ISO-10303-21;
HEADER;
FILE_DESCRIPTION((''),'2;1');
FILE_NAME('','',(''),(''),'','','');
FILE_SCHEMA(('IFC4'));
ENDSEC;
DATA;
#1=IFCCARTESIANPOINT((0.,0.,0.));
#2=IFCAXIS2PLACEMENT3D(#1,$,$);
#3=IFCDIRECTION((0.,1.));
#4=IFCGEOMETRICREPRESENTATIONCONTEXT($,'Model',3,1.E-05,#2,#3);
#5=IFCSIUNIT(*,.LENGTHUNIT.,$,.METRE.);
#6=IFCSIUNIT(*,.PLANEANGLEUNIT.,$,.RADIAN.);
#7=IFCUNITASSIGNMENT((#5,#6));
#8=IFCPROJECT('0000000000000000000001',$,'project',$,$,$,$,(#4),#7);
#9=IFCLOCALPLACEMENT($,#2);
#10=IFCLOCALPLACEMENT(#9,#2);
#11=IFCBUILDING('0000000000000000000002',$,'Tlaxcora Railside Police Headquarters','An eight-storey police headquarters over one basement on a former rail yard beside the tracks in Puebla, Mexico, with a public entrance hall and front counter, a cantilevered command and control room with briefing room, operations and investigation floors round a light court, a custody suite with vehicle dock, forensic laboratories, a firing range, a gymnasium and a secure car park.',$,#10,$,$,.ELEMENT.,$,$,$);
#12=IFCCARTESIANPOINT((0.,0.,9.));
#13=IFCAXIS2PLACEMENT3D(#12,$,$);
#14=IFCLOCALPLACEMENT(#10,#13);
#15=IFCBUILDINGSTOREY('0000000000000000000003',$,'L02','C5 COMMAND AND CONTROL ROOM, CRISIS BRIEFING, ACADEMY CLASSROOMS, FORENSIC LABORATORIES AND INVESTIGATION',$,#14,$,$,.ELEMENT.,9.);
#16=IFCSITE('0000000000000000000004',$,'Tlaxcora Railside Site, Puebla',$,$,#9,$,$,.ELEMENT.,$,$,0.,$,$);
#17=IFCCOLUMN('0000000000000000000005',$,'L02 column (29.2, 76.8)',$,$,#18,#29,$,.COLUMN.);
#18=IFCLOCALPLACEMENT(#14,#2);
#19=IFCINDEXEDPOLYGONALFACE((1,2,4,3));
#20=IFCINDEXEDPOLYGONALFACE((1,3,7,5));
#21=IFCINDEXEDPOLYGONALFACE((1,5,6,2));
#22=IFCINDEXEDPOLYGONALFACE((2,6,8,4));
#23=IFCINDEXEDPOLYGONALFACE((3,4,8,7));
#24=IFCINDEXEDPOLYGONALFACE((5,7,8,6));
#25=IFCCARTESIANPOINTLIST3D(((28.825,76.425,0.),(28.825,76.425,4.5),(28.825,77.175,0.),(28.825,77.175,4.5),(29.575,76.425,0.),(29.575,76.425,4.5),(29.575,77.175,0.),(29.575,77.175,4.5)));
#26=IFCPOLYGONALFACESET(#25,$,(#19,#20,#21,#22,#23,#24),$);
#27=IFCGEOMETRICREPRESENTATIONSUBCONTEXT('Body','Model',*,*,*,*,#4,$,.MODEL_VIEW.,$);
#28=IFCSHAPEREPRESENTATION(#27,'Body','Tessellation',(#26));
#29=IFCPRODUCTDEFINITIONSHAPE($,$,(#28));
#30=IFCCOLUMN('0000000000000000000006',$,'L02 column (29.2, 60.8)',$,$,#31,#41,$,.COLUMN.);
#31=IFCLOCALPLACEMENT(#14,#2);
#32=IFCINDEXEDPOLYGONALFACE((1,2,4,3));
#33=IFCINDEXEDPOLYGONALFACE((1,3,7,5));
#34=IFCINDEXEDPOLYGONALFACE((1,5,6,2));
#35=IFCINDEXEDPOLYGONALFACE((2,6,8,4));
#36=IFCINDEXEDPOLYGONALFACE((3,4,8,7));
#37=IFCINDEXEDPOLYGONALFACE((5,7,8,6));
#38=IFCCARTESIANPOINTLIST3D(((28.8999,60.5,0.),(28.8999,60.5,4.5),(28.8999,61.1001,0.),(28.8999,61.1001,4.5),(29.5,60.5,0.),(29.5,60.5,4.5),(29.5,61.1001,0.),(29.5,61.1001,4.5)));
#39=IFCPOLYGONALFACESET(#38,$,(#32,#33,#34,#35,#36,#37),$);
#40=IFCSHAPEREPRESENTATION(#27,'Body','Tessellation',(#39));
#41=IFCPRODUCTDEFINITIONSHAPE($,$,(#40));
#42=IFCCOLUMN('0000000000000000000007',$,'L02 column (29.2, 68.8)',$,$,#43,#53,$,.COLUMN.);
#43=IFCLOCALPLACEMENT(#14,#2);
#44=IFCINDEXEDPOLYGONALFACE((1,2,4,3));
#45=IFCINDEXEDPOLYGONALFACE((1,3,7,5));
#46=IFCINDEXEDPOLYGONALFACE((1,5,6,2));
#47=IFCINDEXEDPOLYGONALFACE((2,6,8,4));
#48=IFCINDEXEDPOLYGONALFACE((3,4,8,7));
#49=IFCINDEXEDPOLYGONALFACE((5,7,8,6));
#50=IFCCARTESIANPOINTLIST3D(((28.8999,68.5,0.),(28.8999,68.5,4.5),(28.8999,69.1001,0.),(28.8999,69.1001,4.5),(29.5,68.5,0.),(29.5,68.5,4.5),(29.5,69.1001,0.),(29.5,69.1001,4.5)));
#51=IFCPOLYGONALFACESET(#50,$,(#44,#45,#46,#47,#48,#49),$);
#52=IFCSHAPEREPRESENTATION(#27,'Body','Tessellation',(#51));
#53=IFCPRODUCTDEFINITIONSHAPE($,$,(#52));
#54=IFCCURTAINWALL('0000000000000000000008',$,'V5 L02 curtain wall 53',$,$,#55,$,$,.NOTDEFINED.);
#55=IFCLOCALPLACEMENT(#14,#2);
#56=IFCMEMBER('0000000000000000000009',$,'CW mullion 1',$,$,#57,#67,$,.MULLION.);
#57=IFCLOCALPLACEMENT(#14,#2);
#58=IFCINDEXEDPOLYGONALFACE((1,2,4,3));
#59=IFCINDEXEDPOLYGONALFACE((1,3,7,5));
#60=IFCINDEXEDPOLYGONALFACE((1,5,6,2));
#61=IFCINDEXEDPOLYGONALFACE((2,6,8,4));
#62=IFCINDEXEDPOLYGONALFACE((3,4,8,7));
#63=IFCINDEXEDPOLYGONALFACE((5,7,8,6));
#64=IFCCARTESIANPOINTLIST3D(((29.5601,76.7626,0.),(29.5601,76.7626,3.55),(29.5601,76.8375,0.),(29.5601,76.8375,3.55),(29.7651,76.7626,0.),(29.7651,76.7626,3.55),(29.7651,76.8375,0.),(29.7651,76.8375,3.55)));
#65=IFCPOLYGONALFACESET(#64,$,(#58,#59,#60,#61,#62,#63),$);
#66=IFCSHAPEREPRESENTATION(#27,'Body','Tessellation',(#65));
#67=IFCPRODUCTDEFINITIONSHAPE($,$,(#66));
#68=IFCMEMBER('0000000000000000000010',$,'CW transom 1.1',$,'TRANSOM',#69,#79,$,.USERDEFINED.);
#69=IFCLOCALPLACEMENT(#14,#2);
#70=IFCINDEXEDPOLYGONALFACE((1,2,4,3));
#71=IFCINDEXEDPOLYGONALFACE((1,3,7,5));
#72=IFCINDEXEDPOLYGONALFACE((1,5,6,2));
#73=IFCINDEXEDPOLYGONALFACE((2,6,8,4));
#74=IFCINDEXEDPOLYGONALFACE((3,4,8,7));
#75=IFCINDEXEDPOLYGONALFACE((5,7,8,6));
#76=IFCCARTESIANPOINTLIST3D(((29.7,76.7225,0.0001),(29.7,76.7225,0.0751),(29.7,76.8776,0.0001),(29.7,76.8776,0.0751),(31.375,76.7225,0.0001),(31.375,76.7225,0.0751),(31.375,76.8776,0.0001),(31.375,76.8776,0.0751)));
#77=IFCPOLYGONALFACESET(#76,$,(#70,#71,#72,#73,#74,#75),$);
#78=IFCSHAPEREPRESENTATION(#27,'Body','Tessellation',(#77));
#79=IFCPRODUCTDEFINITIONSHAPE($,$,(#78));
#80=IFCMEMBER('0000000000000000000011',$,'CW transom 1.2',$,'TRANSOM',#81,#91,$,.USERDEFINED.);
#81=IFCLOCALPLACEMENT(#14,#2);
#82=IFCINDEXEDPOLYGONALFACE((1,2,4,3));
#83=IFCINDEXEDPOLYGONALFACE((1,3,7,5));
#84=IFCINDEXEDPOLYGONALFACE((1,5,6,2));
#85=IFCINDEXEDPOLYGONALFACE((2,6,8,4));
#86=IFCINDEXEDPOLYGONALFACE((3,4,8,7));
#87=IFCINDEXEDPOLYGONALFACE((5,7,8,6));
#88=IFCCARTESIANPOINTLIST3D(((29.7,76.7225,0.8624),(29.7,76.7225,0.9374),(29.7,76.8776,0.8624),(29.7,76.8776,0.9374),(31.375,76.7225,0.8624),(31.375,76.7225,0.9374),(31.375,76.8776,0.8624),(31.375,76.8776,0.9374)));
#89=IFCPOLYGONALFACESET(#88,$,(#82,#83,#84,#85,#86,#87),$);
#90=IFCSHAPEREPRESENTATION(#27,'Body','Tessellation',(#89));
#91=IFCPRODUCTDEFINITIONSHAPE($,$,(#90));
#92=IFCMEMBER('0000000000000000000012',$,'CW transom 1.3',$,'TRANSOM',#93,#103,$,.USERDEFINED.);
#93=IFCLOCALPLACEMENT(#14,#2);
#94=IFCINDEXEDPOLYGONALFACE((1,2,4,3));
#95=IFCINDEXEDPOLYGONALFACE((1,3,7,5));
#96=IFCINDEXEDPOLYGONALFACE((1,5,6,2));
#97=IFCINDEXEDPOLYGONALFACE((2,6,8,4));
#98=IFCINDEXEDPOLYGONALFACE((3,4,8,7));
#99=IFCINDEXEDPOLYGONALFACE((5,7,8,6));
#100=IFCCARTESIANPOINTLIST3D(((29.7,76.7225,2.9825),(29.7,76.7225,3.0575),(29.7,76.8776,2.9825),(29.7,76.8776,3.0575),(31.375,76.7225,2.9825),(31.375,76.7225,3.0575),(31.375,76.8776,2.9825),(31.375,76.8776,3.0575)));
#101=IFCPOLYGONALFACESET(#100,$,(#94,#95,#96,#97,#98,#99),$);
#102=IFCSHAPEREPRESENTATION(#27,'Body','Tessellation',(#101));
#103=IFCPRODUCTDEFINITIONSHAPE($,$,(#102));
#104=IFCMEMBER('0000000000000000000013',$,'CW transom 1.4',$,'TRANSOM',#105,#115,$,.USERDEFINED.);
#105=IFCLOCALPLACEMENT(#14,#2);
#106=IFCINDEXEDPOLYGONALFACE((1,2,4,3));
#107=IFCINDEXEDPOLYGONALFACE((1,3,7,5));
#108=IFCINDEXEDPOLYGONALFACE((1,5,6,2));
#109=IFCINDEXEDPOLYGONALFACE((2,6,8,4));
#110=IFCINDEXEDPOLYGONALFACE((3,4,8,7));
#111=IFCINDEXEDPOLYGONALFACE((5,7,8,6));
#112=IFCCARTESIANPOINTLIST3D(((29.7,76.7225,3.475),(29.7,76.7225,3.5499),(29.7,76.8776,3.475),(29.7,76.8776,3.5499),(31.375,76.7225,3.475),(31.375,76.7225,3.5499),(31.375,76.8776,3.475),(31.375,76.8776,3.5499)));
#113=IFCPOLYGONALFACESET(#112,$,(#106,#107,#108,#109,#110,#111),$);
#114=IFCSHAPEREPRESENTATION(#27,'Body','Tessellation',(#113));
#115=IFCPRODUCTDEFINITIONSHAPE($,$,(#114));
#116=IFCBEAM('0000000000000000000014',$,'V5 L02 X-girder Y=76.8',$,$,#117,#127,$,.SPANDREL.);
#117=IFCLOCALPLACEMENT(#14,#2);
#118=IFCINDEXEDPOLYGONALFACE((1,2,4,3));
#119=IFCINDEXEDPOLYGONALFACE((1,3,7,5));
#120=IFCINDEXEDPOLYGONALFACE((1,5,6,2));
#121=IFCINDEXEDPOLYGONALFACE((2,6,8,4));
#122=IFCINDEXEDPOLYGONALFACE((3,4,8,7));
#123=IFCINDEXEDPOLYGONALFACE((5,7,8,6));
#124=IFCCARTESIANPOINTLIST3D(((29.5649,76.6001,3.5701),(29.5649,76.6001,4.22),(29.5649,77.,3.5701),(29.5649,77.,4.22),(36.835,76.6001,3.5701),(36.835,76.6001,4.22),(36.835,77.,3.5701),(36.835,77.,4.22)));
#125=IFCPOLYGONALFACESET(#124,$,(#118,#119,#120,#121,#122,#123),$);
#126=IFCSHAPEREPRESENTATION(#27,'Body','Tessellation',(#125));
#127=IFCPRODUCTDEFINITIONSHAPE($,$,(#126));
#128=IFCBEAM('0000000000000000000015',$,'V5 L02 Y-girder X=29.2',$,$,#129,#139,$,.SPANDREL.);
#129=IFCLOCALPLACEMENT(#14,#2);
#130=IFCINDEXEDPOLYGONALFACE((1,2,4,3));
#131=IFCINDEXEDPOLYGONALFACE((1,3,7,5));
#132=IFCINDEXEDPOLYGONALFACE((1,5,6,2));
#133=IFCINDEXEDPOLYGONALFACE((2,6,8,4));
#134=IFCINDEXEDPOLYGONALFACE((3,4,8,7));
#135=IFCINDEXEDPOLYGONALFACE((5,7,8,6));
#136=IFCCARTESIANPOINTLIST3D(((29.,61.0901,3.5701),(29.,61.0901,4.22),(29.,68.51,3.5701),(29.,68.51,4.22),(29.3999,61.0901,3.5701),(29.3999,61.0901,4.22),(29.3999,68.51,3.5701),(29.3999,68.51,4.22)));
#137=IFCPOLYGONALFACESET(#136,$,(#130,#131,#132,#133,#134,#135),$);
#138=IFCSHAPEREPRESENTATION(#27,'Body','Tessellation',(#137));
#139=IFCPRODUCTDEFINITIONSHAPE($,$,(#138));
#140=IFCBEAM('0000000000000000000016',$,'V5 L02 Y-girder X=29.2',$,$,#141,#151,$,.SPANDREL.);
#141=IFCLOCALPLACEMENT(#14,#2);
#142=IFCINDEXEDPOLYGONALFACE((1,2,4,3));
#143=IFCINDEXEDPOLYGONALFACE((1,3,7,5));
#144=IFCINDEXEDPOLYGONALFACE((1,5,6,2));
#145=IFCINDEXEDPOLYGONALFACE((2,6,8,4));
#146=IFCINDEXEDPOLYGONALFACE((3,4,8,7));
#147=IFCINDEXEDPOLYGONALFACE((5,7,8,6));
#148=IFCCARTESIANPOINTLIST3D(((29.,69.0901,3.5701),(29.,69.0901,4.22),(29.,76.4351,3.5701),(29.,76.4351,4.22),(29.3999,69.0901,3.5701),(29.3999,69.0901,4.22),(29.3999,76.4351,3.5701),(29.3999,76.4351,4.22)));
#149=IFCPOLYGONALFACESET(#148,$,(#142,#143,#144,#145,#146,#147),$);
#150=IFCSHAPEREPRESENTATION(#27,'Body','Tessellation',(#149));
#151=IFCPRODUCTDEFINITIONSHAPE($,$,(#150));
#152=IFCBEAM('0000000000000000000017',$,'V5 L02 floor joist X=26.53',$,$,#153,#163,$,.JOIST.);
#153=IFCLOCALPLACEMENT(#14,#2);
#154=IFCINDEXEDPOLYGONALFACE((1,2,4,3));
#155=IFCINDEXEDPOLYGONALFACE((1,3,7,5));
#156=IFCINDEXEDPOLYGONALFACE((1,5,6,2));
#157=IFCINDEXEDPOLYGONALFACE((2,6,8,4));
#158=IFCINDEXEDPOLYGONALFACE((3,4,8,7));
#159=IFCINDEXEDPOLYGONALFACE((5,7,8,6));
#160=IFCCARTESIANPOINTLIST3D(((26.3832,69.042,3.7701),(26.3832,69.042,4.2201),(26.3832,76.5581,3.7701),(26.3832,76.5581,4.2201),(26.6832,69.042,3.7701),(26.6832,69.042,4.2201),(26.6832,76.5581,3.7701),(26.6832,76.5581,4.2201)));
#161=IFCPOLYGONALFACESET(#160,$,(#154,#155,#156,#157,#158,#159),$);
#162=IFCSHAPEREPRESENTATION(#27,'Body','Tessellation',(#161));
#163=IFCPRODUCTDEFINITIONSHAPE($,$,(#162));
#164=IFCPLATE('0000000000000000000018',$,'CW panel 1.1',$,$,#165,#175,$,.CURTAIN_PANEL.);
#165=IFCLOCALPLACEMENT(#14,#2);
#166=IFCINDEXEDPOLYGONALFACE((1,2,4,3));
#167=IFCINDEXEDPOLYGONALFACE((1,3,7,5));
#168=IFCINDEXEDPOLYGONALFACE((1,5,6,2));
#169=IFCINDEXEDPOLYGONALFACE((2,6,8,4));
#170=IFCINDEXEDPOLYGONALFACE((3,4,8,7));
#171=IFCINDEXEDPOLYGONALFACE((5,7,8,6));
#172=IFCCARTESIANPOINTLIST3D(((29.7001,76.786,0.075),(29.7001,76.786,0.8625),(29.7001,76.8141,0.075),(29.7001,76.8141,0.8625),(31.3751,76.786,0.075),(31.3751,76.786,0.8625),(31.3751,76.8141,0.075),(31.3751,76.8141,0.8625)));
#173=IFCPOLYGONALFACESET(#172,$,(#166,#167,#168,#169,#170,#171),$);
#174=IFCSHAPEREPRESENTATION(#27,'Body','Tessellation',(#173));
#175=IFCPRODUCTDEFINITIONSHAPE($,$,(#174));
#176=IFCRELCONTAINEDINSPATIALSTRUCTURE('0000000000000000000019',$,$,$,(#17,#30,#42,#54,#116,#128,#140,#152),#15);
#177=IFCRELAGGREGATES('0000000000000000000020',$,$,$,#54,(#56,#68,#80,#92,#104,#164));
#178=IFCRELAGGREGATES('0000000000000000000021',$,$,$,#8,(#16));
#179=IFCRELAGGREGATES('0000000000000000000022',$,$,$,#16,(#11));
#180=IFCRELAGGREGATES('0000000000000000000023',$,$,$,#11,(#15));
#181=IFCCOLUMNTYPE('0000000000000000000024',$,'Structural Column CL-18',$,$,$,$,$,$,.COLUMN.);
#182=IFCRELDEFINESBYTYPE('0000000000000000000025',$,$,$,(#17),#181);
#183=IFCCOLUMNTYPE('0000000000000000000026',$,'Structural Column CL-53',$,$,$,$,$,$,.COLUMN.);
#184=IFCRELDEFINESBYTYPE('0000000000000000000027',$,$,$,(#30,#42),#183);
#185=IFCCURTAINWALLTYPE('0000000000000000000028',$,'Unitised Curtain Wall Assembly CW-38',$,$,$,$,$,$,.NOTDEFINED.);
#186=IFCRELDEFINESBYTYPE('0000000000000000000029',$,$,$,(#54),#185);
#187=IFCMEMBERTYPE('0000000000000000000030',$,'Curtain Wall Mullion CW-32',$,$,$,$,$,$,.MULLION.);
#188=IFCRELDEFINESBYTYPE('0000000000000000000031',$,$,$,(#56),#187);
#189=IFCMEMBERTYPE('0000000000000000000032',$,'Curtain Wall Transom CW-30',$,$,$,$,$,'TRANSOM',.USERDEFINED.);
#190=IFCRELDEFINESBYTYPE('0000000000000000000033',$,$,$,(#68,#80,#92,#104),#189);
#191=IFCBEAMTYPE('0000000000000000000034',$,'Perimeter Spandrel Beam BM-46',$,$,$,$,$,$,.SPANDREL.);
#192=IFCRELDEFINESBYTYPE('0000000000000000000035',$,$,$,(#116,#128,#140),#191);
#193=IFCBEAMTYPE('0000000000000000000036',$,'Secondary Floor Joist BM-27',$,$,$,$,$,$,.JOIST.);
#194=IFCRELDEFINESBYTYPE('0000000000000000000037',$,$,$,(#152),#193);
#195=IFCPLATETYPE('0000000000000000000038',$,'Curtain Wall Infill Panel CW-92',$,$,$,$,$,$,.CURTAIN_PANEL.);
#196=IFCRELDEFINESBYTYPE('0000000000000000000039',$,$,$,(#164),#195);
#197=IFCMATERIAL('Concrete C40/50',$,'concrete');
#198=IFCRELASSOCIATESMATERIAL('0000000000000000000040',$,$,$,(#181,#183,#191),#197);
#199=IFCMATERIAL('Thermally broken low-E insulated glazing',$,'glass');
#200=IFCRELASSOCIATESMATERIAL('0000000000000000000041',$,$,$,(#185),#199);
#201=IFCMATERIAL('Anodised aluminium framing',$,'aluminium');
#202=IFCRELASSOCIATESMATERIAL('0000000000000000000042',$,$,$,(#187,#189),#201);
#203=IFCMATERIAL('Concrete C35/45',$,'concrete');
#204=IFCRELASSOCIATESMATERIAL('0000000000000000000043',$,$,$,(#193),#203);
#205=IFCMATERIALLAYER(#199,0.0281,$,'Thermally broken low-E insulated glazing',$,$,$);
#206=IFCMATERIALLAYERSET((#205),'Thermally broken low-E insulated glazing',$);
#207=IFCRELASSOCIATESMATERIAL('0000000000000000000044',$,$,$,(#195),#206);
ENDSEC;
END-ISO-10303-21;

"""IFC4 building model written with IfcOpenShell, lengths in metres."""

from ifc_helpers import new_model, si_unit, direction, frame, origin, origin_2d, place, context, subcontext, project, spatial, rectangle, extrude, material, layer, layer_set, material_profile, profile_set, type_object, element, aggregate, save


model = new_model("IFC4")

# Units and contexts
model_context = context("Model", 3, precision=1e-05, world=origin(), true_north=direction((0.0, 1.0)))
body_context = subcontext(model_context, "Body", "Model", "MODEL_VIEW")
ifc_project = project(units=[si_unit("LENGTHUNIT", "METRE"), si_unit("PLANEANGLEUNIT", "RADIAN")], contexts=[model_context])

# Site, building, storey
site_placement = place(None, origin())
site = spatial("IfcSite", under=ifc_project, at=site_placement, Name="Tlaxcora Railside Site, Puebla", CompositionType="ELEMENT", RefElevation=0.0)
building_placement = place(site_placement, origin())
building = spatial("IfcBuilding", under=site, at=building_placement, Name="Tlaxcora Railside Police Headquarters", Description="An eight-storey police headquarters over one basement on a former rail yard beside the tracks in Puebla, Mexico, with a public entrance hall and front counter, a cantilevered command and control room with briefing room, operations and investigation floors round a light court, a custody suite with vehicle dock, forensic laboratories, a firing range, a gymnasium and a secure car park.", CompositionType="ELEMENT")
storey_placement = place(building_placement, frame((0.0, 0.0, 9.0)))
storey = spatial("IfcBuildingStorey", under=building, at=storey_placement, Name="L02", Description="C5 COMMAND AND CONTROL ROOM, CRISIS BRIEFING, ACADEMY CLASSROOMS, FORENSIC LABORATORIES AND INVESTIGATION", CompositionType="ELEMENT", Elevation=9.0)

# Columns
ifc_material_1 = material(Name="Concrete C40/50", Category="concrete")
ifc_material_profile_1 = material_profile(ifc_material_1, rectangle(XDim=0.75, YDim=0.75, at=origin_2d()), Name="RC750X750")
ifc_profile_set_1 = profile_set([ifc_material_profile_1], Name="Concrete C40/50")
column_type_1 = type_object("IfcColumnType", Name="Structural Column CL-18", PredefinedType="COLUMN", material=ifc_profile_set_1)
column_placement = place(storey_placement, frame((29.2, 76.8, 0.0), z_axis=(0.0, 0.0, 1.0), x_axis=(1.0, 0.0, 0.0)))
element("IfcColumn", 1, at=column_placement, inside=storey, type_object=column_type_1, Name="L02 column (29.2, 76.8)", PredefinedType="COLUMN", context=body_context, shape_type="SweptSolid", body=[
    extrude(rectangle(XDim=0.75, YDim=0.75, at=origin_2d()), origin(), (0.0, 0.0, 1.0), 4.5),
])
ifc_material_profile_2 = material_profile(ifc_material_1, rectangle(XDim=0.6001, YDim=0.6001, at=origin_2d()), Name="RC600X600")
ifc_profile_set_2 = profile_set([ifc_material_profile_2], Name="Concrete C40/50")
column_type_2 = type_object("IfcColumnType", Name="Structural Column CL-53", PredefinedType="COLUMN", material=ifc_profile_set_2)
for number, where, z_axis, x_axis, name in (
    (2, (29.2, 60.8, 0.0), (0.0, 0.0, 1.0), (1.0, 0.0, 0.0), "L02 column (29.2, 60.8)"),
    (3, (29.2, 68.8, 0.0), (0.0, 0.0, 1.0), (1.0, 0.0, 0.0), "L02 column (29.2, 68.8)"),
):
    element("IfcColumn", number, at=place(storey_placement, frame(where, z_axis=z_axis, x_axis=x_axis)), inside=storey, type_object=column_type_2, Name=name, PredefinedType="COLUMN", context=body_context, shape_type="SweptSolid", body=[
        extrude(rectangle(XDim=0.6001, YDim=0.6001, at=origin_2d()), origin(), (0.0, 0.0, 1.0), 4.5),
    ])

# Curtain wall, members
ifc_material_2 = material(Name="Thermally broken low-E insulated glazing", Category="glass")
curtain_wall_type = type_object("IfcCurtainWallType", Name="Unitised Curtain Wall Assembly CW-38", PredefinedType="NOTDEFINED", material=ifc_material_2)
curtain_wall_placement = place(storey_placement, origin())
curtain_wall = element("IfcCurtainWall", 4, at=curtain_wall_placement, inside=storey, type_object=curtain_wall_type, Name="V5 L02 curtain wall 53", PredefinedType="NOTDEFINED")
ifc_material_3 = material(Name="Anodised aluminium framing", Category="aluminium")
ifc_material_profile_3 = material_profile(ifc_material_3, rectangle(XDim=0.075, YDim=0.2051, at=origin_2d()), Name="AL75X205")
ifc_profile_set_3 = profile_set([ifc_material_profile_3], Name="Anodised aluminium framing")
member_type_1 = type_object("IfcMemberType", Name="Curtain Wall Mullion CW-32", PredefinedType="MULLION", material=ifc_profile_set_3)
member_1_placement = place(storey_placement, frame((29.6626, 76.8, 0.0), z_axis=(0.0, 0.0, 1.0), x_axis=(0.0, 1.0, 0.0)))
member_1 = element("IfcMember", 5, at=member_1_placement, type_object=member_type_1, Name="CW mullion 1", PredefinedType="MULLION", context=body_context, shape_type="SweptSolid", body=[
    extrude(rectangle(XDim=0.075, YDim=0.2051, at=origin_2d()), origin(), (0.0, 0.0, 1.0), 3.55),
])
ifc_material_profile_4 = material_profile(ifc_material_3, rectangle(XDim=0.155, YDim=0.075, at=origin_2d()), Name="AL75X155")
ifc_profile_set_4 = profile_set([ifc_material_profile_4], Name="Anodised aluminium framing")
member_type_2 = type_object("IfcMemberType", Name="Curtain Wall Transom CW-30", ElementType="TRANSOM", PredefinedType="USERDEFINED", material=ifc_profile_set_4)
member_2_placement = place(storey_placement, frame((29.7, 76.8, 0.0376), z_axis=(1.0, 0.0, 0.0), x_axis=(0.0, 1.0, 0.0)))
member_2 = element("IfcMember", 6, at=member_2_placement, type_object=member_type_2, Name="CW transom 1.1", ObjectType="TRANSOM", PredefinedType="USERDEFINED", context=body_context, shape_type="SweptSolid", body=[
    extrude(rectangle(XDim=0.155, YDim=0.075, at=origin_2d()), origin(), (0.0, 0.0, 1.0), 1.675),
])
member_3_placement = place(storey_placement, frame((29.7, 76.8, 0.8999), z_axis=(1.0, 0.0, 0.0), x_axis=(0.0, 1.0, 0.0)))
member_3 = element("IfcMember", 7, at=member_3_placement, type_object=member_type_2, Name="CW transom 1.2", ObjectType="TRANSOM", PredefinedType="USERDEFINED", context=body_context, shape_type="SweptSolid", body=[
    extrude(rectangle(XDim=0.155, YDim=0.075, at=origin_2d()), origin(), (0.0, 0.0, 1.0), 1.675),
])
member_4_placement = place(storey_placement, frame((29.7, 76.8, 3.02), z_axis=(1.0, 0.0, 0.0), x_axis=(0.0, 1.0, 0.0)))
member_4 = element("IfcMember", 8, at=member_4_placement, type_object=member_type_2, Name="CW transom 1.3", ObjectType="TRANSOM", PredefinedType="USERDEFINED", context=body_context, shape_type="SweptSolid", body=[
    extrude(rectangle(XDim=0.155, YDim=0.075, at=origin_2d()), origin(), (0.0, 0.0, 1.0), 1.675),
])
member_5_placement = place(storey_placement, frame((29.7, 76.8, 3.5125), z_axis=(1.0, 0.0, 0.0), x_axis=(0.0, 1.0, 0.0)))
member_5 = element("IfcMember", 9, at=member_5_placement, type_object=member_type_2, Name="CW transom 1.4", ObjectType="TRANSOM", PredefinedType="USERDEFINED", context=body_context, shape_type="SweptSolid", body=[
    extrude(rectangle(XDim=0.155, YDim=0.075, at=origin_2d()), origin(), (0.0, 0.0, 1.0), 1.675),
])

# Beams
ifc_material_profile_5 = material_profile(ifc_material_1, rectangle(XDim=0.3999, YDim=0.6499, at=origin_2d()), Name="RC400X650")
ifc_profile_set_5 = profile_set([ifc_material_profile_5], Name="Concrete C40/50")
beam_type_1 = type_object("IfcBeamType", Name="Perimeter Spandrel Beam BM-46", PredefinedType="SPANDREL", material=ifc_profile_set_5)
beam_1_placement = place(storey_placement, frame((29.5649, 76.8, 3.895), z_axis=(1.0, 0.0, 0.0), x_axis=(0.0, 1.0, 0.0)))
element("IfcBeam", 10, at=beam_1_placement, inside=storey, type_object=beam_type_1, Name="V5 L02 X-girder Y=76.8", PredefinedType="SPANDREL", context=body_context, shape_type="SweptSolid", body=[
    extrude(rectangle(XDim=0.3999, YDim=0.6499, at=origin_2d()), origin(), (0.0, 0.0, 1.0), 7.27),
])
beam_2_placement = place(storey_placement, frame((29.2, 61.0901, 3.895), z_axis=(0.0, 1.0, 0.0), x_axis=(-1.0, 0.0, 0.0)))
element("IfcBeam", 11, at=beam_2_placement, inside=storey, type_object=beam_type_1, Name="V5 L02 Y-girder X=29.2", PredefinedType="SPANDREL", context=body_context, shape_type="SweptSolid", body=[
    extrude(rectangle(XDim=0.3999, YDim=0.6499, at=origin_2d()), origin(), (0.0, 0.0, 1.0), 7.4199),
])
beam_3_placement = place(storey_placement, frame((29.2, 69.0901, 3.895), z_axis=(0.0, 1.0, 0.0), x_axis=(-1.0, 0.0, 0.0)))
element("IfcBeam", 12, at=beam_3_placement, inside=storey, type_object=beam_type_1, Name="V5 L02 Y-girder X=29.2", PredefinedType="SPANDREL", context=body_context, shape_type="SweptSolid", body=[
    extrude(rectangle(XDim=0.3999, YDim=0.6499, at=origin_2d()), origin(), (0.0, 0.0, 1.0), 7.345),
])
ifc_material_4 = material(Name="Concrete C35/45", Category="concrete")
ifc_material_profile_6 = material_profile(ifc_material_4, rectangle(XDim=0.3, YDim=0.45, at=origin_2d()), Name="RC300X450")
ifc_profile_set_6 = profile_set([ifc_material_profile_6], Name="Concrete C35/45")
beam_type_2 = type_object("IfcBeamType", Name="Secondary Floor Joist BM-27", PredefinedType="JOIST", material=ifc_profile_set_6)
beam_4_placement = place(storey_placement, frame((26.5332, 69.042, 3.9951), z_axis=(0.0, 1.0, 0.0), x_axis=(-1.0, 0.0, 0.0)))
element("IfcBeam", 13, at=beam_4_placement, inside=storey, type_object=beam_type_2, Name="V5 L02 floor joist X=26.53", PredefinedType="JOIST", context=body_context, shape_type="SweptSolid", body=[
    extrude(rectangle(XDim=0.3, YDim=0.45, at=origin_2d()), origin(), (0.0, 0.0, 1.0), 7.5161),
])

# Plate
ifc_layer_1 = layer(ifc_material_2, 0.0281, Name="Thermally broken low-E insulated glazing")
ifc_layer_set_1 = layer_set([ifc_layer_1], Name="Thermally broken low-E insulated glazing")
plate_type = type_object("IfcPlateType", Name="Curtain Wall Infill Panel CW-92", PredefinedType="CURTAIN_PANEL", material=ifc_layer_set_1)
plate_placement = place(storey_placement, frame((30.5376, 76.8, 0.075), z_axis=(0.0, 0.0, 1.0), x_axis=(1.0, 0.0, 0.0)))
plate = element("IfcPlate", 14, at=plate_placement, type_object=plate_type, Name="CW panel 1.1", PredefinedType="CURTAIN_PANEL", context=body_context, shape_type="SweptSolid", body=[
    extrude(rectangle(XDim=1.675, YDim=0.0281, at=origin_2d()), origin(), (0.0, 0.0, 1.0), 0.7876),
])
aggregate(curtain_wall, [member_1, member_2, member_3, member_4, member_5, plate])

save(model, "model.ifc")
